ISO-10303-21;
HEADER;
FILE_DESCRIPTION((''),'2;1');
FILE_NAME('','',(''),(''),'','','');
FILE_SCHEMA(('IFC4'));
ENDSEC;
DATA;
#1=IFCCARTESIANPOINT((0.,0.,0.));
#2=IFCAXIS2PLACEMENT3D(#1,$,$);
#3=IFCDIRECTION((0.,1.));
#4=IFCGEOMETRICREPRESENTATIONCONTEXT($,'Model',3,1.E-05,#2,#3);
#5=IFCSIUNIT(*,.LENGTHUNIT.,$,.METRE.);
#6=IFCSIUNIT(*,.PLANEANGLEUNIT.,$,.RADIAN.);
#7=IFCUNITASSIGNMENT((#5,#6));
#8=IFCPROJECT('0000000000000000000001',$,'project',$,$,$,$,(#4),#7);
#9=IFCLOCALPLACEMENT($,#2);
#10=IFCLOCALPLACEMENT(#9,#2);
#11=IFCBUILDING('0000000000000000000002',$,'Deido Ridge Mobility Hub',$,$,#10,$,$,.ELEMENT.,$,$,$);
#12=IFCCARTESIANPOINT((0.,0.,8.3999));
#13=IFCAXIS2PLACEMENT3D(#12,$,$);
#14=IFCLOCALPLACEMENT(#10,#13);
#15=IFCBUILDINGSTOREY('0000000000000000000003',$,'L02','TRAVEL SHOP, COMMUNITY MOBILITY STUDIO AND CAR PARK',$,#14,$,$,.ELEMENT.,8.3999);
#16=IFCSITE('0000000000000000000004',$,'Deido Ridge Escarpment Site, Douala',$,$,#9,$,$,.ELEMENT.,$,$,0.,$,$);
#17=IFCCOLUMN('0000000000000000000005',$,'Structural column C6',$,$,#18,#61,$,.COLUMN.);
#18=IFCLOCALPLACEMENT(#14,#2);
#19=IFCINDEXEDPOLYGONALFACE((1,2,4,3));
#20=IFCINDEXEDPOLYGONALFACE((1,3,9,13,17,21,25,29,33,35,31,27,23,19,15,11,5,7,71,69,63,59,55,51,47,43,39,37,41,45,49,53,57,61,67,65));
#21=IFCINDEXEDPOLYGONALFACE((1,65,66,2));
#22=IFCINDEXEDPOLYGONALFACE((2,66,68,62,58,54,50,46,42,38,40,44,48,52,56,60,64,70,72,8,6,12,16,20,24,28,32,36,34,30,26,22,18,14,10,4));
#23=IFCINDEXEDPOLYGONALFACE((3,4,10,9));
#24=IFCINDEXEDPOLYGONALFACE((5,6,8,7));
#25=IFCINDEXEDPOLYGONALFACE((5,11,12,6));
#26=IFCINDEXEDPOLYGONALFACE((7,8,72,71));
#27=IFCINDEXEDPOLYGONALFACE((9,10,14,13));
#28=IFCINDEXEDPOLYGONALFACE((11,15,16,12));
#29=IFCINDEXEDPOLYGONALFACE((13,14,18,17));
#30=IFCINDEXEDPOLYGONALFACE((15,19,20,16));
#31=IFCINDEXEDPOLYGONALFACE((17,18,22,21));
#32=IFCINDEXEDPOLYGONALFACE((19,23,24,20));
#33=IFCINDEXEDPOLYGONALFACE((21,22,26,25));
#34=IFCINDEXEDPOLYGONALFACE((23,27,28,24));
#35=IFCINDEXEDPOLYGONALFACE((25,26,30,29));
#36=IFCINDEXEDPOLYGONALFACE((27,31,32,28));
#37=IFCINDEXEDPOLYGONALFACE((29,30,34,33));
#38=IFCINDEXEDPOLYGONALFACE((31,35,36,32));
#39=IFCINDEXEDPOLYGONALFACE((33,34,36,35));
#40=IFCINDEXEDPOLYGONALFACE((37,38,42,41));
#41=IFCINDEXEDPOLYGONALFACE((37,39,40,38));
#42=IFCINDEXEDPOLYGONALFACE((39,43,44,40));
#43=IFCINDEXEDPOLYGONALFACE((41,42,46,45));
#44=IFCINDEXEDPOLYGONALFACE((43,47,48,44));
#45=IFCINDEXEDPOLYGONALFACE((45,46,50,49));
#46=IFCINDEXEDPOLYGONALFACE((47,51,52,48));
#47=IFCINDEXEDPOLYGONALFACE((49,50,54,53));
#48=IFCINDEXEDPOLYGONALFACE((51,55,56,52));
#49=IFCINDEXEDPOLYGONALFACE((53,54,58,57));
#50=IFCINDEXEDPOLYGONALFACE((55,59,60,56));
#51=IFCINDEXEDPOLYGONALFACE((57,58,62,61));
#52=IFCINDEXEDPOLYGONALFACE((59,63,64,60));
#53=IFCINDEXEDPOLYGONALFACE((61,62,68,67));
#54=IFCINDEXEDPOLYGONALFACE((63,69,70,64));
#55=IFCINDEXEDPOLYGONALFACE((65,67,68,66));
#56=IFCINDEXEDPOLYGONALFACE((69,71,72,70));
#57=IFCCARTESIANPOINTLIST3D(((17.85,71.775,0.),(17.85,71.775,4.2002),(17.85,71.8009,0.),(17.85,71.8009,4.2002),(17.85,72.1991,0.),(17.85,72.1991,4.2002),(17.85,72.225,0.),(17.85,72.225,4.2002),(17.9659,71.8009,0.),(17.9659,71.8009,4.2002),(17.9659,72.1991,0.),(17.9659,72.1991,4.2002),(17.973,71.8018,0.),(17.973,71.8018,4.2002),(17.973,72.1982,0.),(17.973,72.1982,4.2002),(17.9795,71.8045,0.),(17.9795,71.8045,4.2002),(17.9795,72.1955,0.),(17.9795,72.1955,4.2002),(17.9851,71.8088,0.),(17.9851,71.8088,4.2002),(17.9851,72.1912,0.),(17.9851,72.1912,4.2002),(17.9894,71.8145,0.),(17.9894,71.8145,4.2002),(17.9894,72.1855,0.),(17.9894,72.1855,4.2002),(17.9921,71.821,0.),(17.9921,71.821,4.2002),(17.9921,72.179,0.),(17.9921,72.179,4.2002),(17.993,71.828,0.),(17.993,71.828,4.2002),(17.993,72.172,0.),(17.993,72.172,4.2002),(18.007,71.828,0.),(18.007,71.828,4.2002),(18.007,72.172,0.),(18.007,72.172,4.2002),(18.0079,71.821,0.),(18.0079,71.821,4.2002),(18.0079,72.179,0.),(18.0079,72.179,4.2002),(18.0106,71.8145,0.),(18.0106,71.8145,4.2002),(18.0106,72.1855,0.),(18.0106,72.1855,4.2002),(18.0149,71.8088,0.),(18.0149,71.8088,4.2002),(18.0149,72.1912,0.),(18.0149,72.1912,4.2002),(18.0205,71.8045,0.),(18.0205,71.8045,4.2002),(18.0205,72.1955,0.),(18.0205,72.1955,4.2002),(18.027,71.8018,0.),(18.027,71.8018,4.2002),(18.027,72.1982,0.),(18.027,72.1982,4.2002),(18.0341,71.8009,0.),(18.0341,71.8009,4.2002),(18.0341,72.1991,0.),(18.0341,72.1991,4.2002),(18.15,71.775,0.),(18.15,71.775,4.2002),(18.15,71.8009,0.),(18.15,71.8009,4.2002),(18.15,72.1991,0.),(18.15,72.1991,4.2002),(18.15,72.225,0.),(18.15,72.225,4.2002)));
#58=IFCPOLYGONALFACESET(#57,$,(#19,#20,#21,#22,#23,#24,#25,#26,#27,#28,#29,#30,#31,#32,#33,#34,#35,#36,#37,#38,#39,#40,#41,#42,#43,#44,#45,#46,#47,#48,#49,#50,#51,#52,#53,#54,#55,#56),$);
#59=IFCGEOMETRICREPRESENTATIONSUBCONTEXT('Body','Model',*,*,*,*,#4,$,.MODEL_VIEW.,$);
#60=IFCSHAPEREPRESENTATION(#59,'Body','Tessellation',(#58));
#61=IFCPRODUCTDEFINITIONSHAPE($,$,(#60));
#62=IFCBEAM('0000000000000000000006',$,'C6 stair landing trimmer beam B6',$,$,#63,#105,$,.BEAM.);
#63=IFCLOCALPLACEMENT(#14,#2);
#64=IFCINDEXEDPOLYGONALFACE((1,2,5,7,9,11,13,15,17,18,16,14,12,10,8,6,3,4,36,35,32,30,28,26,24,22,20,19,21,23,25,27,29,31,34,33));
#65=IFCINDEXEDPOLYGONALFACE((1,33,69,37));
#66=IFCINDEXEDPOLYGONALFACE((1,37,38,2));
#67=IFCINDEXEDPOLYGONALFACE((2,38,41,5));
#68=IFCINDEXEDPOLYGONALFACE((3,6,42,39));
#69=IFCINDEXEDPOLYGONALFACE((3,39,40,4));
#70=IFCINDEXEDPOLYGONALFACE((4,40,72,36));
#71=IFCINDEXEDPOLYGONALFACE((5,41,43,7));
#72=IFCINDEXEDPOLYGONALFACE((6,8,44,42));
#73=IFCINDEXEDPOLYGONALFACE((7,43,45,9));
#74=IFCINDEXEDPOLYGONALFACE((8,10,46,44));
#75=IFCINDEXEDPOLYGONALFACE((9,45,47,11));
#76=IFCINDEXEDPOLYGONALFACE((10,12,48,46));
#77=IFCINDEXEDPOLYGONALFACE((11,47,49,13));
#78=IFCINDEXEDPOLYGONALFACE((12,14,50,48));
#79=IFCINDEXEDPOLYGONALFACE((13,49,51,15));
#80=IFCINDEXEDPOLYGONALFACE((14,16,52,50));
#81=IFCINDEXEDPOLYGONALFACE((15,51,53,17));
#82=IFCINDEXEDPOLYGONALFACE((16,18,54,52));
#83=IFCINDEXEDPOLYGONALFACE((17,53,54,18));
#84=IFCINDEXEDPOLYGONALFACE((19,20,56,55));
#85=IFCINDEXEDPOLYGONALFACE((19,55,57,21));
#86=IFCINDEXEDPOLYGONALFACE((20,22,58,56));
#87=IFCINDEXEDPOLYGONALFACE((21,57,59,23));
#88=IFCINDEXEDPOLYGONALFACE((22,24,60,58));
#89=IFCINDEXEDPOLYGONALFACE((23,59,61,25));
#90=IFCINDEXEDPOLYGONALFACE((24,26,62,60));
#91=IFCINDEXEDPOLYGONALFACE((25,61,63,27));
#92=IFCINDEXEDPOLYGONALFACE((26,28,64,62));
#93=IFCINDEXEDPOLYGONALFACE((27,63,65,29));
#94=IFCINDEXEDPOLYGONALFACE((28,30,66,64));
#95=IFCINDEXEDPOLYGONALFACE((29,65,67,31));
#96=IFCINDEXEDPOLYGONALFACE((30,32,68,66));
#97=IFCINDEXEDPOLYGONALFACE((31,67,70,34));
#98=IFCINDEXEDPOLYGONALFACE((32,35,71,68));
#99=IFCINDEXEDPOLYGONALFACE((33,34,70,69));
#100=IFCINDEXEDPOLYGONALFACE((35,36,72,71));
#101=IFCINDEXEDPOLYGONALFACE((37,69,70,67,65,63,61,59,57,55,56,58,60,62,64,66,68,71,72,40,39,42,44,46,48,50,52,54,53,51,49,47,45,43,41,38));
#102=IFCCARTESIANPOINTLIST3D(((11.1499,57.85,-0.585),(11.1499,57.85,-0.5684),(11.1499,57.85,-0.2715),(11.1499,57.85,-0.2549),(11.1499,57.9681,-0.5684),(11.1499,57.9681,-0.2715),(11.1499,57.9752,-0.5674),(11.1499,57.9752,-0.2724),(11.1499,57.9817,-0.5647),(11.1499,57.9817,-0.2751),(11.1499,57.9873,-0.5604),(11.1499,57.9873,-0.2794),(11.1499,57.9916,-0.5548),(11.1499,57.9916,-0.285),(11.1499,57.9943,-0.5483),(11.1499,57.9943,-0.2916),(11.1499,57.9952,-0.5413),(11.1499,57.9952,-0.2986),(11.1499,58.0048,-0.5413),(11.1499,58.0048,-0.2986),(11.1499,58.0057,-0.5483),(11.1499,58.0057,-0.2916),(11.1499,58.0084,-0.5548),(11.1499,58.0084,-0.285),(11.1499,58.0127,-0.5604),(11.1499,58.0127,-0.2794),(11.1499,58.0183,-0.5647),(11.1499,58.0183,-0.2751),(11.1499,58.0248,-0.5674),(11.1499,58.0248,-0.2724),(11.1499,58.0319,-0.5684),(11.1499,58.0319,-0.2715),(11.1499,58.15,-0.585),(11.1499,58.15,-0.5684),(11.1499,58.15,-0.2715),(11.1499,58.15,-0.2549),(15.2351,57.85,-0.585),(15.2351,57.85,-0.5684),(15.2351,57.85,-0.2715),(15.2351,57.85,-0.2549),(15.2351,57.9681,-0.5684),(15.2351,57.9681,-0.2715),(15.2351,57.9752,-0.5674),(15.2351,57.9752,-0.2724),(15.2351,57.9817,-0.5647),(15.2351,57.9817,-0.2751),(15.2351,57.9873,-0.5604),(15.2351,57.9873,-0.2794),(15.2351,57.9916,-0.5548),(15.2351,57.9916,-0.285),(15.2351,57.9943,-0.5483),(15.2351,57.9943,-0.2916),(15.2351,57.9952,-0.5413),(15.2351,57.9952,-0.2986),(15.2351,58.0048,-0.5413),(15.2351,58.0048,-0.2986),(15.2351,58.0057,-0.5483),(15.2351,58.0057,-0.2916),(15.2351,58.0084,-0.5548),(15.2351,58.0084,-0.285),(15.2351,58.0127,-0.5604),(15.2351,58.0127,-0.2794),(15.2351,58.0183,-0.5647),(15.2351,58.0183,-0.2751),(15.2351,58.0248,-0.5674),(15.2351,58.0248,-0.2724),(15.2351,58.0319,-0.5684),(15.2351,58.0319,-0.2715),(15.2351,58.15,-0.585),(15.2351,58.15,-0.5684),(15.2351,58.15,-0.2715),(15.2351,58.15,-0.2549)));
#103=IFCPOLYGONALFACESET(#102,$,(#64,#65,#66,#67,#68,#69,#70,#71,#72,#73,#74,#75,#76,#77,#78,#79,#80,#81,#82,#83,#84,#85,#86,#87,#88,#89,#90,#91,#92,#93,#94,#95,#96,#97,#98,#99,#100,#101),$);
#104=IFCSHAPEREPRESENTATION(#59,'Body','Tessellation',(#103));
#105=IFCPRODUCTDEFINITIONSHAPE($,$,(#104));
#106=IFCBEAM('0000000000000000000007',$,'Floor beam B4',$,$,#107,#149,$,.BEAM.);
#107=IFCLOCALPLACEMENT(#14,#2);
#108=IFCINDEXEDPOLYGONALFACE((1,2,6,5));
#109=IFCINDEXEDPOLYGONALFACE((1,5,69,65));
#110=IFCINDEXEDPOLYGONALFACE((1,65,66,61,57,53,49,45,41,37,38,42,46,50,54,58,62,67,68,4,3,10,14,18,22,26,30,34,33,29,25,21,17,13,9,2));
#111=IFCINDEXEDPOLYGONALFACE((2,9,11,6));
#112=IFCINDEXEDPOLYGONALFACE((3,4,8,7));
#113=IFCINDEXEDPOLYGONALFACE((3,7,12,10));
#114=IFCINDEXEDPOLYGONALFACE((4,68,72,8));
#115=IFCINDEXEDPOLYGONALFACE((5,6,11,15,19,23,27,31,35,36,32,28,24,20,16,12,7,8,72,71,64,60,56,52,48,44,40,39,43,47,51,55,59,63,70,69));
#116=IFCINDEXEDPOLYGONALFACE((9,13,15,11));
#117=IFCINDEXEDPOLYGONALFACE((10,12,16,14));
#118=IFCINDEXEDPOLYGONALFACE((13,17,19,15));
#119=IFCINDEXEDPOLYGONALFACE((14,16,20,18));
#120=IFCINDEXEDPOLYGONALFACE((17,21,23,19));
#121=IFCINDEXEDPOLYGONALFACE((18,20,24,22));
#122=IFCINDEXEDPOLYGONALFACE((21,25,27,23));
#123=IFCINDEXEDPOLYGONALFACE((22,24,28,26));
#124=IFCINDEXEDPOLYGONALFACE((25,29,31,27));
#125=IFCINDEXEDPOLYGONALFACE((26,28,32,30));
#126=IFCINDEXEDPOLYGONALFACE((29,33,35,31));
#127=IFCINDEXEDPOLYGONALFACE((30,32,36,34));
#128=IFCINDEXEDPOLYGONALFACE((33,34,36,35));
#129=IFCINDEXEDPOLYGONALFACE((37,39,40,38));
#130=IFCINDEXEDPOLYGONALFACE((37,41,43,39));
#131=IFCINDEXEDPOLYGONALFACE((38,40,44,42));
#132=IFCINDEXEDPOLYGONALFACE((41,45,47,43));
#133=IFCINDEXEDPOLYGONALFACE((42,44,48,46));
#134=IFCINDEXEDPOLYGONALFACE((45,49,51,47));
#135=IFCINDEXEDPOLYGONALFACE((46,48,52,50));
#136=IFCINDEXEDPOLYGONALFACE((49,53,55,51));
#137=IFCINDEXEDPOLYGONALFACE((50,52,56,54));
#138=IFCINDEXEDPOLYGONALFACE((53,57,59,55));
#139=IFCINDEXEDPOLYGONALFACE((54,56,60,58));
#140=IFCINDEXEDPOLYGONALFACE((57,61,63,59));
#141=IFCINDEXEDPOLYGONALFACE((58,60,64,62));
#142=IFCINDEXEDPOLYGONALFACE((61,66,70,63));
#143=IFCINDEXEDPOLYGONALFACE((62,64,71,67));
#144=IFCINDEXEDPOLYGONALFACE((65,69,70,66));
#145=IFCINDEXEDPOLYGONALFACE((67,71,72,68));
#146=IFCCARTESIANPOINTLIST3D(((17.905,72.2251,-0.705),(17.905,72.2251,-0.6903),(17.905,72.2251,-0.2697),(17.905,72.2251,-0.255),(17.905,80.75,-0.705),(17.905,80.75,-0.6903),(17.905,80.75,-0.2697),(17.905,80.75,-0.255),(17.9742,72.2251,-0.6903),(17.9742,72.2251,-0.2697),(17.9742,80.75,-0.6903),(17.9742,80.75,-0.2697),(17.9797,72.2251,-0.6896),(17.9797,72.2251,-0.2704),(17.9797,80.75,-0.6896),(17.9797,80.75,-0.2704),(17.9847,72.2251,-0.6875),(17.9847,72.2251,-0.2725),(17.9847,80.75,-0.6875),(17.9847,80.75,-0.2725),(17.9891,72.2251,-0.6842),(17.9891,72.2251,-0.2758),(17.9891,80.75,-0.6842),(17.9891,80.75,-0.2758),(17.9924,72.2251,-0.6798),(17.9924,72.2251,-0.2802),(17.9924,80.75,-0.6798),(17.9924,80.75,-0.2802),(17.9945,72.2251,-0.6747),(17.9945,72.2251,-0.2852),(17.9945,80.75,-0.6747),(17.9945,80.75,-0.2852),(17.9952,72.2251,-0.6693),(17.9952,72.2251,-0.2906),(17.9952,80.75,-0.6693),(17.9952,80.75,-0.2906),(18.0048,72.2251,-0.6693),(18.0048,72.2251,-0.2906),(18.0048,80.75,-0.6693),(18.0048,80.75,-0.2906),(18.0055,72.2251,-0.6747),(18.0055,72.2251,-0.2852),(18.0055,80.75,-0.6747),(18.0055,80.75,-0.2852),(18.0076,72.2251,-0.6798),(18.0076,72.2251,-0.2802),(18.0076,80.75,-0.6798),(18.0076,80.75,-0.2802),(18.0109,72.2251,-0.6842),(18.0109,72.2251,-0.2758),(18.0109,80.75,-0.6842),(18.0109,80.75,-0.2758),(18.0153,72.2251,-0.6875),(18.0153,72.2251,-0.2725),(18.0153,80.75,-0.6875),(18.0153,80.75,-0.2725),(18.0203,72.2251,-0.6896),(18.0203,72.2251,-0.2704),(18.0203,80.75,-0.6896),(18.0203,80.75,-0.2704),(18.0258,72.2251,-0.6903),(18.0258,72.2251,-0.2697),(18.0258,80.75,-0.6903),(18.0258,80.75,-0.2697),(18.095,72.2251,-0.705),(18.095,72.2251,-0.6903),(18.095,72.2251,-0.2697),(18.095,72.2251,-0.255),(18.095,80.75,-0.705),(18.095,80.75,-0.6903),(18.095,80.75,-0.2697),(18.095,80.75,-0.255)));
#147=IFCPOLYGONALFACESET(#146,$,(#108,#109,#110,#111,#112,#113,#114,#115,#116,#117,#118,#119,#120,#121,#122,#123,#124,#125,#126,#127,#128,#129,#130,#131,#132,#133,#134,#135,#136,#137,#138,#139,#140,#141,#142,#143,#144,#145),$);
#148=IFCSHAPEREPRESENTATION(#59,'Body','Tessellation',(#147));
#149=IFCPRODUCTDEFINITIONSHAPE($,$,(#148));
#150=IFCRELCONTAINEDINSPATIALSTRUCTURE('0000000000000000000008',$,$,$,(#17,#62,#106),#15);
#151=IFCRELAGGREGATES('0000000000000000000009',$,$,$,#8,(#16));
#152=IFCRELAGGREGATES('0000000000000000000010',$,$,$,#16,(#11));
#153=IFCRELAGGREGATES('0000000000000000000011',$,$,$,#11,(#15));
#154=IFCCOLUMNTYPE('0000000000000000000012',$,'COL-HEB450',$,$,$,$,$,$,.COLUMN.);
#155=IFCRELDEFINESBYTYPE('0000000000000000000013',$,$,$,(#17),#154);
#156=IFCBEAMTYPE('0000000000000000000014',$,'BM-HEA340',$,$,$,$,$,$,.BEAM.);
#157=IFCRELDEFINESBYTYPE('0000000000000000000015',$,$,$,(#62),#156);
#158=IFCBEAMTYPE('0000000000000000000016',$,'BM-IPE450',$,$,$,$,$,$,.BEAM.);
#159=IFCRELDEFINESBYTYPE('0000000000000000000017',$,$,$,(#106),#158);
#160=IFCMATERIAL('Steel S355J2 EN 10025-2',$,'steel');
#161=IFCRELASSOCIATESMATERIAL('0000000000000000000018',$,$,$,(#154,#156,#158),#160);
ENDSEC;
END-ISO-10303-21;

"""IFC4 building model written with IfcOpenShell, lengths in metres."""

from ifc_helpers import new_model, si_unit, direction, frame, origin, origin_2d, place, context, subcontext, project, spatial, i_section, extrude, material, material_profile, profile_set, type_object, element, save


model = new_model("IFC4")

# Units and contexts
model_context = context("Model", 3, precision=1e-05, world=origin(), true_north=direction((0.0, 1.0)))
body_context = subcontext(model_context, "Body", "Model", "MODEL_VIEW")
ifc_project = project(units=[si_unit("LENGTHUNIT", "METRE"), si_unit("PLANEANGLEUNIT", "RADIAN")], contexts=[model_context])

# Site, building, storey
site_placement = place(None, origin())
site = spatial("IfcSite", under=ifc_project, at=site_placement, Name="Deido Ridge Escarpment Site, Douala", CompositionType="ELEMENT", RefElevation=0.0)
building_placement = place(site_placement, origin())
building = spatial("IfcBuilding", under=site, at=building_placement, Name="Deido Ridge Mobility Hub", CompositionType="ELEMENT")
storey_placement = place(building_placement, frame((0.0, 0.0, 8.3999)))
storey = spatial("IfcBuildingStorey", under=building, at=storey_placement, Name="L02", Description="TRAVEL SHOP, COMMUNITY MOBILITY STUDIO AND CAR PARK", CompositionType="ELEMENT", Elevation=8.3999)

# Column
ifc_material_1 = material(Name="Steel S355J2 EN 10025-2", Category="steel")
ifc_material_profile_1 = material_profile(ifc_material_1, i_section(OverallWidth=0.3, OverallDepth=0.45, WebThickness=0.0139, FlangeThickness=0.0259, FilletRadius=0.0271, at=origin_2d()), Name="HEB 450")
ifc_profile_set_1 = profile_set([ifc_material_profile_1], Name="Steel S355J2 EN 10025-2")
column_type = type_object("IfcColumnType", Name="COL-HEB450", PredefinedType="COLUMN", material=ifc_profile_set_1)
column_placement = place(storey_placement, frame((18.0, 72.0, 0.0), z_axis=(0.0, 0.0, 1.0), x_axis=(1.0, 0.0, 0.0)))
element("IfcColumn", 1, at=column_placement, inside=storey, type_object=column_type, Name="Structural column C6", PredefinedType="COLUMN", context=body_context, shape_type="SweptSolid", body=[
    extrude(i_section(OverallWidth=0.3, OverallDepth=0.45, WebThickness=0.0139, FlangeThickness=0.0259, FilletRadius=0.0271, at=origin_2d()), origin(), (0.0, 0.0, 1.0), 4.2002),
])

# Beams
ifc_material_profile_2 = material_profile(ifc_material_1, i_section(OverallWidth=0.3, OverallDepth=0.3301, WebThickness=0.0095, FlangeThickness=0.0166, FilletRadius=0.0271, at=origin_2d()), Name="HEA 340")
ifc_profile_set_2 = profile_set([ifc_material_profile_2], Name="Steel S355J2 EN 10025-2")
beam_type_1 = type_object("IfcBeamType", Name="BM-HEA340", PredefinedType="BEAM", material=ifc_profile_set_2)
beam_1_placement = place(storey_placement, frame((11.1499, 58.0, -0.4199), z_axis=(1.0, 0.0, 0.0), x_axis=(0.0, 1.0, 0.0)))
element("IfcBeam", 2, at=beam_1_placement, inside=storey, type_object=beam_type_1, Name="C6 stair landing trimmer beam B6", PredefinedType="BEAM", context=body_context, shape_type="SweptSolid", body=[
    extrude(i_section(OverallWidth=0.3, OverallDepth=0.3301, WebThickness=0.0095, FlangeThickness=0.0166, FilletRadius=0.0271, at=origin_2d()), origin(), (0.0, 0.0, 1.0), 4.0852),
])
ifc_material_profile_3 = material_profile(ifc_material_1, i_section(OverallWidth=0.1899, OverallDepth=0.45, WebThickness=0.0095, FlangeThickness=0.0146, FilletRadius=0.021, at=origin_2d()), Name="IPE 450")
ifc_profile_set_3 = profile_set([ifc_material_profile_3], Name="Steel S355J2 EN 10025-2")
beam_type_2 = type_object("IfcBeamType", Name="BM-IPE450", PredefinedType="BEAM", material=ifc_profile_set_3)
beam_2_placement = place(storey_placement, frame((18.0, 72.2251, -0.48), z_axis=(0.0, 1.0, 0.0), x_axis=(-1.0, 0.0, 0.0)))
element("IfcBeam", 3, at=beam_2_placement, inside=storey, type_object=beam_type_2, Name="Floor beam B4", PredefinedType="BEAM", context=body_context, shape_type="SweptSolid", body=[
    extrude(i_section(OverallWidth=0.1899, OverallDepth=0.45, WebThickness=0.0095, FlangeThickness=0.0146, FilletRadius=0.021, at=origin_2d()), origin(), (0.0, 0.0, 1.0), 8.5249),
])

save(model, "model.ifc")
